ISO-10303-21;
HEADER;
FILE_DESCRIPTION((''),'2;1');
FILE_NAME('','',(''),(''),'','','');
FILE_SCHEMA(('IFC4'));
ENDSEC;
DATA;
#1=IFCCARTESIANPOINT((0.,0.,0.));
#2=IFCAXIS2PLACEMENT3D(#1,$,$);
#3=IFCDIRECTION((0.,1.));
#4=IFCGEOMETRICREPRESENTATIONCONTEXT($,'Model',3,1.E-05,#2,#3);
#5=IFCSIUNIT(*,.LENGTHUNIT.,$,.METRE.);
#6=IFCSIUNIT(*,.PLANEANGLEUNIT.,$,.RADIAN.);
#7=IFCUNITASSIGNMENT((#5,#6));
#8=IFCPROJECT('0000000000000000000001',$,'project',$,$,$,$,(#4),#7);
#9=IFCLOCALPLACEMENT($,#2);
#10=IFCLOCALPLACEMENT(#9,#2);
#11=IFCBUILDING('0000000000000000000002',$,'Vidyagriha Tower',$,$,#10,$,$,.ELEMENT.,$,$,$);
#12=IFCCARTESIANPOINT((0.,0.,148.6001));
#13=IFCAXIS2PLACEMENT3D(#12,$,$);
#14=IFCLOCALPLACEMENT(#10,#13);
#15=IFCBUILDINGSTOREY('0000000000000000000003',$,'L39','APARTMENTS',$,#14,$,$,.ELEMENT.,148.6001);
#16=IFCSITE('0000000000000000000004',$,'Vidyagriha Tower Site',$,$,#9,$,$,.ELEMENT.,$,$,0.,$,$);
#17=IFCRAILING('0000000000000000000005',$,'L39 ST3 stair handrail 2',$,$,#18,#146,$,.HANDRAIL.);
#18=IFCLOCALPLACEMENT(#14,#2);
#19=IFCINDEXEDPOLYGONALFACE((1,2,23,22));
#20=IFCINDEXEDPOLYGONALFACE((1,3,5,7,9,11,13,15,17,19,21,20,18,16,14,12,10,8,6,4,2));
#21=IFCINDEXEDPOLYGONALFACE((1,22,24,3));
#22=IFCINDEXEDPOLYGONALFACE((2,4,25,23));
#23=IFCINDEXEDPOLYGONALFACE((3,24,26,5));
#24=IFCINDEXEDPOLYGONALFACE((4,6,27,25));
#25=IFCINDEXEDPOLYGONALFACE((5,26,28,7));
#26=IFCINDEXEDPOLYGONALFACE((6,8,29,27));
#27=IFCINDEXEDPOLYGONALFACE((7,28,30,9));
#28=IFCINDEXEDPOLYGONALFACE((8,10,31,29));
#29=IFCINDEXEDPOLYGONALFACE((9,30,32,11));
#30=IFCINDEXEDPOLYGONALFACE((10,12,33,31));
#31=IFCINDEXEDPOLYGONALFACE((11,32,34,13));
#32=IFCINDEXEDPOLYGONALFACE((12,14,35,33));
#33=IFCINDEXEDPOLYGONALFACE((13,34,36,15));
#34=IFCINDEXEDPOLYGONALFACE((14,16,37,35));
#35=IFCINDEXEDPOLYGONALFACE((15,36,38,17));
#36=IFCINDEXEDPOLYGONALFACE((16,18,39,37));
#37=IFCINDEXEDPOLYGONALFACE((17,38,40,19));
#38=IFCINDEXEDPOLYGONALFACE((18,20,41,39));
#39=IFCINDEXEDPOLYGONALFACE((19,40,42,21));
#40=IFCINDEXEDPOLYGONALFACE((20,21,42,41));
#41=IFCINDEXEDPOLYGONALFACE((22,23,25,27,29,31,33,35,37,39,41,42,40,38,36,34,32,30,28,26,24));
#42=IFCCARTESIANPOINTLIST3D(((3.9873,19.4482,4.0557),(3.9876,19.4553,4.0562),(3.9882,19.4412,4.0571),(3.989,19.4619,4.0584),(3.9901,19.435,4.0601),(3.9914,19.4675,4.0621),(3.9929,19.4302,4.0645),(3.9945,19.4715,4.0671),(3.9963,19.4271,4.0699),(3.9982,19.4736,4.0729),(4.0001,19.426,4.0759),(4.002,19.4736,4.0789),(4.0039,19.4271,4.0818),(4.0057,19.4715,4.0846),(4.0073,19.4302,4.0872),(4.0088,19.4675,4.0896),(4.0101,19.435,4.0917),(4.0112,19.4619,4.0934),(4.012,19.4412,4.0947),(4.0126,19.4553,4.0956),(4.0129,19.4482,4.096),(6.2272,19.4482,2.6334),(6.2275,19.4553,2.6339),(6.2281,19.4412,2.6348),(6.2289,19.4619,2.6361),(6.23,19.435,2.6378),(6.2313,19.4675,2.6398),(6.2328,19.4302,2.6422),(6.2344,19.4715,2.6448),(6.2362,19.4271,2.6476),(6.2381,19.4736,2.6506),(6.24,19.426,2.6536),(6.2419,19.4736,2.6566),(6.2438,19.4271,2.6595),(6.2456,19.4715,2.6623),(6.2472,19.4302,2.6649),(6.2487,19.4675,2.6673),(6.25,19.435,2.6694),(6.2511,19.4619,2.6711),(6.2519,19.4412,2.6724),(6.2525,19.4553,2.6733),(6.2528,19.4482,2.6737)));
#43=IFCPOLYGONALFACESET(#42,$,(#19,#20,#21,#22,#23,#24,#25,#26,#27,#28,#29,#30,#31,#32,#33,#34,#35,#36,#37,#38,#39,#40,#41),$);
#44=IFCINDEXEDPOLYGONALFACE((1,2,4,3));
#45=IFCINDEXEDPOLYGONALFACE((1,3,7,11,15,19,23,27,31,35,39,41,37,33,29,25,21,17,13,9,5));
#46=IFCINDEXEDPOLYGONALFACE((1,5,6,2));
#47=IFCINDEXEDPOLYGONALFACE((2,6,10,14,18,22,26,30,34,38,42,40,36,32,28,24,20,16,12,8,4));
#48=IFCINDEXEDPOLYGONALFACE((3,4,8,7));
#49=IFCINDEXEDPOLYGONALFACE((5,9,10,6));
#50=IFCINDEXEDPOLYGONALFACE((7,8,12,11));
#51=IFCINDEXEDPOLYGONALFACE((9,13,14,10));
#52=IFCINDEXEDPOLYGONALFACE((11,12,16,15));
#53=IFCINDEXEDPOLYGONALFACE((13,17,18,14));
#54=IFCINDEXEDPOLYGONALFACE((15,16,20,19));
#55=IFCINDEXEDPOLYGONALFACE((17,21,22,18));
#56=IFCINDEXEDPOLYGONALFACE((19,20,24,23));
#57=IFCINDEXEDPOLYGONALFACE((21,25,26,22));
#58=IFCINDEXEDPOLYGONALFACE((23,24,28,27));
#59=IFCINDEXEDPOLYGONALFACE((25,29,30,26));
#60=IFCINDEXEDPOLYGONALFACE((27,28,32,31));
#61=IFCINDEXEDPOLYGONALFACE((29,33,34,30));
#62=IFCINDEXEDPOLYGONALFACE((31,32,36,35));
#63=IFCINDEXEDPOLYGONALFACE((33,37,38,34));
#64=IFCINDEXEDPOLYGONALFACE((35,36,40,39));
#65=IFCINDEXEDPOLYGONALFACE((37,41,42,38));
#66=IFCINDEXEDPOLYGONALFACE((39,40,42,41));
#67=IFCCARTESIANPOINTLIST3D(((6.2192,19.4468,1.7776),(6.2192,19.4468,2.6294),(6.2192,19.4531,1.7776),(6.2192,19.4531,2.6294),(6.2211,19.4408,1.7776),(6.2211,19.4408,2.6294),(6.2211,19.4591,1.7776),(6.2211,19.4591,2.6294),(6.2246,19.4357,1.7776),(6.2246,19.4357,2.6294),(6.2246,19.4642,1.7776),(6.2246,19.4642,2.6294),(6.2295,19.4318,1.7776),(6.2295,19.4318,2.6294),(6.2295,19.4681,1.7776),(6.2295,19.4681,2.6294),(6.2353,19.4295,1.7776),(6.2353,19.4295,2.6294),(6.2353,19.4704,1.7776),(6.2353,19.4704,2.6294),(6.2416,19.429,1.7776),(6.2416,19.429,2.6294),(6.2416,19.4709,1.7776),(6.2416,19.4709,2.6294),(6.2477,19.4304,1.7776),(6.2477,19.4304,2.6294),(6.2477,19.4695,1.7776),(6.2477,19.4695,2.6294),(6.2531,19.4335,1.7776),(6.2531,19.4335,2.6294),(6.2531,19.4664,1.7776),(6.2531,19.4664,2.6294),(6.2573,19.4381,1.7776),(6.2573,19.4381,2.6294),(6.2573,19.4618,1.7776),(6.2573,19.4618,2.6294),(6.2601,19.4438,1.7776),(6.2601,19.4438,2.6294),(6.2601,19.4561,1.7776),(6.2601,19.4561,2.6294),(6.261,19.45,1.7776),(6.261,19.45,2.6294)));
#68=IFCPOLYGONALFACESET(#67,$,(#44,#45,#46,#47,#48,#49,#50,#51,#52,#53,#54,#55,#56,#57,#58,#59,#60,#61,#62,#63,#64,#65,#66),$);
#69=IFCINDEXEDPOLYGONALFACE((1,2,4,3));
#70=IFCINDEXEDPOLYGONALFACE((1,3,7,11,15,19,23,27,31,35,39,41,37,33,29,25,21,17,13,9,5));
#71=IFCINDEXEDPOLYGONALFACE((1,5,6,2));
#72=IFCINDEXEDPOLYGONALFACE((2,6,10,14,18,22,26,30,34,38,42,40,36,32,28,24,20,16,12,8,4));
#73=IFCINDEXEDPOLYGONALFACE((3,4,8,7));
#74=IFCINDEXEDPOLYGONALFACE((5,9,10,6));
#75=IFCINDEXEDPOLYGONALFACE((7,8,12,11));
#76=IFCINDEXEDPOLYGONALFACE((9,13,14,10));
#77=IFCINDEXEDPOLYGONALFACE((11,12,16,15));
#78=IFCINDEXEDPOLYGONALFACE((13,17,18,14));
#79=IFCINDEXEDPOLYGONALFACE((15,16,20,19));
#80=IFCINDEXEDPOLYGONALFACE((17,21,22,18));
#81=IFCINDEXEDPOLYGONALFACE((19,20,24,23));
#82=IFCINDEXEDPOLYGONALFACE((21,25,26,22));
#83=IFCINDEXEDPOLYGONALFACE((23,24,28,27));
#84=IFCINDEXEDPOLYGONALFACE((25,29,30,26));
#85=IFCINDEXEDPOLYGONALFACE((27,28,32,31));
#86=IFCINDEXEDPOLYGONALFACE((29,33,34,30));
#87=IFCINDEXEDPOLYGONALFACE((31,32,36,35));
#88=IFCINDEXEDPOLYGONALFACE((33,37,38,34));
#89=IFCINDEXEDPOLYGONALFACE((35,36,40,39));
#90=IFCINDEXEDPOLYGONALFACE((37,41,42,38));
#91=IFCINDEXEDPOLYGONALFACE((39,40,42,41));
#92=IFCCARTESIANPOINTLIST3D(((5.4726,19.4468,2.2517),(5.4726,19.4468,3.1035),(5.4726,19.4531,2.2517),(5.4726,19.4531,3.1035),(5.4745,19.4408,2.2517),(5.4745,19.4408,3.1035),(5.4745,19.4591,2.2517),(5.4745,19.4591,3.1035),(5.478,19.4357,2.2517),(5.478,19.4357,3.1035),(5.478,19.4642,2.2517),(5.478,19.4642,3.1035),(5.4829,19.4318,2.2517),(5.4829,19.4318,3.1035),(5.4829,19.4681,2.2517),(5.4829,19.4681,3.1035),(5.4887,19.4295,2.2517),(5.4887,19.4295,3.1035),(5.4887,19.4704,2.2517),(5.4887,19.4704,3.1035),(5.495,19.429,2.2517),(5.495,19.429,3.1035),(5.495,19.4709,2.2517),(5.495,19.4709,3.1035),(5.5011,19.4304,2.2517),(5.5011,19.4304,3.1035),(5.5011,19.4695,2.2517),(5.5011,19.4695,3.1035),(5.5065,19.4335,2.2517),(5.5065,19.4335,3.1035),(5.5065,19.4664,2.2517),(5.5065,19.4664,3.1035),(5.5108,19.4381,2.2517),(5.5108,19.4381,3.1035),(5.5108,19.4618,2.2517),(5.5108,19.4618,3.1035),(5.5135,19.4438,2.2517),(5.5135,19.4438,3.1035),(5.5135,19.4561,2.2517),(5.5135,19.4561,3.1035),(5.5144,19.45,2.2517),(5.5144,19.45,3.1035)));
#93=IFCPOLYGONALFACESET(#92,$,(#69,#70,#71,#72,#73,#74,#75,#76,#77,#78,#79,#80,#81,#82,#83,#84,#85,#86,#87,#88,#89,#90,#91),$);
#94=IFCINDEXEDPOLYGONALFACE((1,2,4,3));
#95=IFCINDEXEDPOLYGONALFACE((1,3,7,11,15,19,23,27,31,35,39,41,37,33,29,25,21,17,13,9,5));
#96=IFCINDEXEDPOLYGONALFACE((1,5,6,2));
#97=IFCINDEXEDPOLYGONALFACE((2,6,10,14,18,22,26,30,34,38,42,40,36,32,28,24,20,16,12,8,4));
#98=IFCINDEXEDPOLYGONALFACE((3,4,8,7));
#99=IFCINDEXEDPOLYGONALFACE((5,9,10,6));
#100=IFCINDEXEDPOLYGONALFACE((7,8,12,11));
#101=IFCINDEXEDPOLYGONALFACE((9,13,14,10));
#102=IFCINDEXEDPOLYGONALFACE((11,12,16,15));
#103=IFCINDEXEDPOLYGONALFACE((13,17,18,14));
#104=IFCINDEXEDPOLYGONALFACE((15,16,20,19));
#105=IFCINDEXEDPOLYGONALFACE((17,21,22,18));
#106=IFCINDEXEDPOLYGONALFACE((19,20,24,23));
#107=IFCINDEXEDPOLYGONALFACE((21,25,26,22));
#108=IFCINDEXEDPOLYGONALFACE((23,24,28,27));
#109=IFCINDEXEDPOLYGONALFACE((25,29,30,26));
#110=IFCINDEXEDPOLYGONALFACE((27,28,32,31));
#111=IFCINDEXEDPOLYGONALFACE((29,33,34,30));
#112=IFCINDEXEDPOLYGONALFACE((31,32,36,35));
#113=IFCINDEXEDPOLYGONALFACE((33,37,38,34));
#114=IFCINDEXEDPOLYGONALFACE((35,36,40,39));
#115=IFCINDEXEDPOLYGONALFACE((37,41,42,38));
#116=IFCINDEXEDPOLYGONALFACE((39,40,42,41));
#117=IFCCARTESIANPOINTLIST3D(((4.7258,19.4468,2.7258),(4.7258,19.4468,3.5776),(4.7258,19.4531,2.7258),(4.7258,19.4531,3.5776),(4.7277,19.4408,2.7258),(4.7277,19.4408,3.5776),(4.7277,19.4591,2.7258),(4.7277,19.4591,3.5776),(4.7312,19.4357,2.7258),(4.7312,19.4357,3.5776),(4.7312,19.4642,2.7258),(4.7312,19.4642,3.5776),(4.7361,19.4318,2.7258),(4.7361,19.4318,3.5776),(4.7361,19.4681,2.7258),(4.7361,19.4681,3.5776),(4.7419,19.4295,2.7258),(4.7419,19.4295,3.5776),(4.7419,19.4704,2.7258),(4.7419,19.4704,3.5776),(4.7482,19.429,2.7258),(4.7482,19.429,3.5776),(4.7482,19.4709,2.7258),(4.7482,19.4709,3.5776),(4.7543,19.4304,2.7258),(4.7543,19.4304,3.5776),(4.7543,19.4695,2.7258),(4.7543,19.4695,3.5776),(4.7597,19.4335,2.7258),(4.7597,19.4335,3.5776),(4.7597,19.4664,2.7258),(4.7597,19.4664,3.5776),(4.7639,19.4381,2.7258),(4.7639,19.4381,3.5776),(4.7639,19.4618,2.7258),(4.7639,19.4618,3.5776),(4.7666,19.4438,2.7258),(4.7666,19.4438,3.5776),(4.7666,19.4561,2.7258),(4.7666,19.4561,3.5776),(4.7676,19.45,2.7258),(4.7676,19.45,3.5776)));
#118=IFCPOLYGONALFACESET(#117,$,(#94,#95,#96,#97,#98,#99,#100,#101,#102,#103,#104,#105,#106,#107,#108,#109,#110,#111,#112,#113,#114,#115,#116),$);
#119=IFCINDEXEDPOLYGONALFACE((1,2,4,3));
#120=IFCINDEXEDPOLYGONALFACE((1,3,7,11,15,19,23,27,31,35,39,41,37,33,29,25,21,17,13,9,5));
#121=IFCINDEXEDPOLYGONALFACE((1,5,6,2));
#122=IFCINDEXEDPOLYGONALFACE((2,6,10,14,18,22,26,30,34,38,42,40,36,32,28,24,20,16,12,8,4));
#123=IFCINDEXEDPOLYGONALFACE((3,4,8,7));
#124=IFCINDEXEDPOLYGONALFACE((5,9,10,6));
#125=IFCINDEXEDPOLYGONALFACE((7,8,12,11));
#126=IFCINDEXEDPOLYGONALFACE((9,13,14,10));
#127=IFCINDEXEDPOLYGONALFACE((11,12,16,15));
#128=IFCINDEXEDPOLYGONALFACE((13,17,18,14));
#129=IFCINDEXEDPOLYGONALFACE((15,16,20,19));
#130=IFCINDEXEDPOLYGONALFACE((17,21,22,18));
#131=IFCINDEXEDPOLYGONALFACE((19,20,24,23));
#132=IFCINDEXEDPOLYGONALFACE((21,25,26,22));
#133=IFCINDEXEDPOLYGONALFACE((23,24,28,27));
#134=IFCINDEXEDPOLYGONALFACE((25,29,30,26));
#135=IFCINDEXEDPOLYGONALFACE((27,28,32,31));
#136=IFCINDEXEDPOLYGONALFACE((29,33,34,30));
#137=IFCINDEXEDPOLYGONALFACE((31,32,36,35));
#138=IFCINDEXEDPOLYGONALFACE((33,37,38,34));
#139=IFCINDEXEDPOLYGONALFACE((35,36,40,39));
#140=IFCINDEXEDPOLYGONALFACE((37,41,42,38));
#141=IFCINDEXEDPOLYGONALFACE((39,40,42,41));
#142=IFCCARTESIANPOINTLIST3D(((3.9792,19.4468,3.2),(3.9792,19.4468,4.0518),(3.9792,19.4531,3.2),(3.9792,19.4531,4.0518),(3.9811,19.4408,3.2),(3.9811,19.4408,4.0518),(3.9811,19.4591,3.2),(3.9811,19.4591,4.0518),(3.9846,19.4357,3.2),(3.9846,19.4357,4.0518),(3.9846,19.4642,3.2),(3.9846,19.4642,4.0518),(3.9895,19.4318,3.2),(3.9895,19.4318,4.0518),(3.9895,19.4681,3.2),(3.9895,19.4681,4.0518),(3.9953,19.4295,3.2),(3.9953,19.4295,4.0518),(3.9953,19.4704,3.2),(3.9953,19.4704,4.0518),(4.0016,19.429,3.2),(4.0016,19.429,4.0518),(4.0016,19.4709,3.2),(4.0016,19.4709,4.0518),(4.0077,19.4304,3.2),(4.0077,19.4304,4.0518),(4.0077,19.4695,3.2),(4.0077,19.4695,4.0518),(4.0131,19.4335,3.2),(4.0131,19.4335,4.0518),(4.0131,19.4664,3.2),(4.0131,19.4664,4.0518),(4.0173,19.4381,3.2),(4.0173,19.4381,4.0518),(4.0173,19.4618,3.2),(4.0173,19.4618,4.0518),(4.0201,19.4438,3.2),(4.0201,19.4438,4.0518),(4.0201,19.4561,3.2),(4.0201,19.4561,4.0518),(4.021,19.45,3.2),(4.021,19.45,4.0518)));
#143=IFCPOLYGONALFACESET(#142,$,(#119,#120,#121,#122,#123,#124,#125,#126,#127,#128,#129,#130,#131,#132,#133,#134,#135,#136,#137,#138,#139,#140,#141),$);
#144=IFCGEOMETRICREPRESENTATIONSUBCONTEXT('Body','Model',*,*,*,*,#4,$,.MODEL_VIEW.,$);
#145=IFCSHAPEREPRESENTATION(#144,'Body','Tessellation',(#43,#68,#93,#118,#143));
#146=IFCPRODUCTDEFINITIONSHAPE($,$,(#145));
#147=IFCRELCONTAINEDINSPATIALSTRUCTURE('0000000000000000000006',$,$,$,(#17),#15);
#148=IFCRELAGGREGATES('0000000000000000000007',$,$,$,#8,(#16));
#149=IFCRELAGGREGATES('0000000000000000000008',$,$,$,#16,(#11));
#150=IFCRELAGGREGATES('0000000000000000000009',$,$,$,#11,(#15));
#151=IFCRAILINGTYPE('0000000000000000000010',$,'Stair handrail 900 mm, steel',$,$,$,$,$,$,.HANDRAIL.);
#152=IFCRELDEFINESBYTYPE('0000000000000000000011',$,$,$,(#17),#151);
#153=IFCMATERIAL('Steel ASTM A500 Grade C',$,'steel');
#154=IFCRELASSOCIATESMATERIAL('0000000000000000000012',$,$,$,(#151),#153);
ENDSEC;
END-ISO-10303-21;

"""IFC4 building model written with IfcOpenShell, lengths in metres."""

from ifc_helpers import new_model, si_unit, direction, frame, origin, origin_2d, place, context, subcontext, project, spatial, circle, extrude, material, type_object, element, save


model = new_model("IFC4")

# Units and contexts
model_context = context("Model", 3, precision=1e-05, world=origin(), true_north=direction((0.0, 1.0)))
body_context = subcontext(model_context, "Body", "Model", "MODEL_VIEW")
ifc_project = project(units=[si_unit("LENGTHUNIT", "METRE"), si_unit("PLANEANGLEUNIT", "RADIAN")], contexts=[model_context])

# Site, building, storey
site_placement = place(None, origin())
site = spatial("IfcSite", under=ifc_project, at=site_placement, Name="Vidyagriha Tower Site", CompositionType="ELEMENT", RefElevation=0.0)
building_placement = place(site_placement, origin())
building = spatial("IfcBuilding", under=site, at=building_placement, Name="Vidyagriha Tower", CompositionType="ELEMENT")
storey_placement = place(building_placement, frame((0.0, 0.0, 148.6001)))
storey = spatial("IfcBuildingStorey", under=building, at=storey_placement, Name="L39", Description="APARTMENTS", CompositionType="ELEMENT", Elevation=148.6001)

# Railing
ifc_material_1 = material(Name="Steel ASTM A500 Grade C", Category="steel")
railing_type_1 = type_object("IfcRailingType", Name="Stair handrail 900 mm, steel", PredefinedType="HANDRAIL", material=ifc_material_1)
railing_1_placement = place(storey_placement, frame((6.24, 19.45, 1.7776)))
element("IfcRailing", 1, at=railing_1_placement, inside=storey, type_object=railing_type_1, Name="L39 ST3 stair handrail 2", PredefinedType="HANDRAIL", context=body_context, shape_type="SweptSolid", body=[
    extrude(circle(Radius=0.0239, at=origin_2d()), frame((0.0, 0.0, 0.876), z_axis=(-0.844188, 0.0, 0.536048), x_axis=(0.0, -1.0, 0.0)), (0.0, 0.0, 1.0), 2.6533),
    extrude(circle(Radius=0.021, at=origin_2d()), origin(), (0.0, 0.0, 1.0), 0.8518),
    extrude(circle(Radius=0.021, at=origin_2d()), frame((-0.7466, 0.0, 0.4741)), (0.0, 0.0, 1.0), 0.8518),
    extrude(circle(Radius=0.021, at=origin_2d()), frame((-1.4934, 0.0, 0.9482)), (0.0, 0.0, 1.0), 0.8518),
    extrude(circle(Radius=0.021, at=origin_2d()), frame((-2.24, 0.0, 1.4224)), (0.0, 0.0, 1.0), 0.8518),
])

save(model, "model.ifc")
